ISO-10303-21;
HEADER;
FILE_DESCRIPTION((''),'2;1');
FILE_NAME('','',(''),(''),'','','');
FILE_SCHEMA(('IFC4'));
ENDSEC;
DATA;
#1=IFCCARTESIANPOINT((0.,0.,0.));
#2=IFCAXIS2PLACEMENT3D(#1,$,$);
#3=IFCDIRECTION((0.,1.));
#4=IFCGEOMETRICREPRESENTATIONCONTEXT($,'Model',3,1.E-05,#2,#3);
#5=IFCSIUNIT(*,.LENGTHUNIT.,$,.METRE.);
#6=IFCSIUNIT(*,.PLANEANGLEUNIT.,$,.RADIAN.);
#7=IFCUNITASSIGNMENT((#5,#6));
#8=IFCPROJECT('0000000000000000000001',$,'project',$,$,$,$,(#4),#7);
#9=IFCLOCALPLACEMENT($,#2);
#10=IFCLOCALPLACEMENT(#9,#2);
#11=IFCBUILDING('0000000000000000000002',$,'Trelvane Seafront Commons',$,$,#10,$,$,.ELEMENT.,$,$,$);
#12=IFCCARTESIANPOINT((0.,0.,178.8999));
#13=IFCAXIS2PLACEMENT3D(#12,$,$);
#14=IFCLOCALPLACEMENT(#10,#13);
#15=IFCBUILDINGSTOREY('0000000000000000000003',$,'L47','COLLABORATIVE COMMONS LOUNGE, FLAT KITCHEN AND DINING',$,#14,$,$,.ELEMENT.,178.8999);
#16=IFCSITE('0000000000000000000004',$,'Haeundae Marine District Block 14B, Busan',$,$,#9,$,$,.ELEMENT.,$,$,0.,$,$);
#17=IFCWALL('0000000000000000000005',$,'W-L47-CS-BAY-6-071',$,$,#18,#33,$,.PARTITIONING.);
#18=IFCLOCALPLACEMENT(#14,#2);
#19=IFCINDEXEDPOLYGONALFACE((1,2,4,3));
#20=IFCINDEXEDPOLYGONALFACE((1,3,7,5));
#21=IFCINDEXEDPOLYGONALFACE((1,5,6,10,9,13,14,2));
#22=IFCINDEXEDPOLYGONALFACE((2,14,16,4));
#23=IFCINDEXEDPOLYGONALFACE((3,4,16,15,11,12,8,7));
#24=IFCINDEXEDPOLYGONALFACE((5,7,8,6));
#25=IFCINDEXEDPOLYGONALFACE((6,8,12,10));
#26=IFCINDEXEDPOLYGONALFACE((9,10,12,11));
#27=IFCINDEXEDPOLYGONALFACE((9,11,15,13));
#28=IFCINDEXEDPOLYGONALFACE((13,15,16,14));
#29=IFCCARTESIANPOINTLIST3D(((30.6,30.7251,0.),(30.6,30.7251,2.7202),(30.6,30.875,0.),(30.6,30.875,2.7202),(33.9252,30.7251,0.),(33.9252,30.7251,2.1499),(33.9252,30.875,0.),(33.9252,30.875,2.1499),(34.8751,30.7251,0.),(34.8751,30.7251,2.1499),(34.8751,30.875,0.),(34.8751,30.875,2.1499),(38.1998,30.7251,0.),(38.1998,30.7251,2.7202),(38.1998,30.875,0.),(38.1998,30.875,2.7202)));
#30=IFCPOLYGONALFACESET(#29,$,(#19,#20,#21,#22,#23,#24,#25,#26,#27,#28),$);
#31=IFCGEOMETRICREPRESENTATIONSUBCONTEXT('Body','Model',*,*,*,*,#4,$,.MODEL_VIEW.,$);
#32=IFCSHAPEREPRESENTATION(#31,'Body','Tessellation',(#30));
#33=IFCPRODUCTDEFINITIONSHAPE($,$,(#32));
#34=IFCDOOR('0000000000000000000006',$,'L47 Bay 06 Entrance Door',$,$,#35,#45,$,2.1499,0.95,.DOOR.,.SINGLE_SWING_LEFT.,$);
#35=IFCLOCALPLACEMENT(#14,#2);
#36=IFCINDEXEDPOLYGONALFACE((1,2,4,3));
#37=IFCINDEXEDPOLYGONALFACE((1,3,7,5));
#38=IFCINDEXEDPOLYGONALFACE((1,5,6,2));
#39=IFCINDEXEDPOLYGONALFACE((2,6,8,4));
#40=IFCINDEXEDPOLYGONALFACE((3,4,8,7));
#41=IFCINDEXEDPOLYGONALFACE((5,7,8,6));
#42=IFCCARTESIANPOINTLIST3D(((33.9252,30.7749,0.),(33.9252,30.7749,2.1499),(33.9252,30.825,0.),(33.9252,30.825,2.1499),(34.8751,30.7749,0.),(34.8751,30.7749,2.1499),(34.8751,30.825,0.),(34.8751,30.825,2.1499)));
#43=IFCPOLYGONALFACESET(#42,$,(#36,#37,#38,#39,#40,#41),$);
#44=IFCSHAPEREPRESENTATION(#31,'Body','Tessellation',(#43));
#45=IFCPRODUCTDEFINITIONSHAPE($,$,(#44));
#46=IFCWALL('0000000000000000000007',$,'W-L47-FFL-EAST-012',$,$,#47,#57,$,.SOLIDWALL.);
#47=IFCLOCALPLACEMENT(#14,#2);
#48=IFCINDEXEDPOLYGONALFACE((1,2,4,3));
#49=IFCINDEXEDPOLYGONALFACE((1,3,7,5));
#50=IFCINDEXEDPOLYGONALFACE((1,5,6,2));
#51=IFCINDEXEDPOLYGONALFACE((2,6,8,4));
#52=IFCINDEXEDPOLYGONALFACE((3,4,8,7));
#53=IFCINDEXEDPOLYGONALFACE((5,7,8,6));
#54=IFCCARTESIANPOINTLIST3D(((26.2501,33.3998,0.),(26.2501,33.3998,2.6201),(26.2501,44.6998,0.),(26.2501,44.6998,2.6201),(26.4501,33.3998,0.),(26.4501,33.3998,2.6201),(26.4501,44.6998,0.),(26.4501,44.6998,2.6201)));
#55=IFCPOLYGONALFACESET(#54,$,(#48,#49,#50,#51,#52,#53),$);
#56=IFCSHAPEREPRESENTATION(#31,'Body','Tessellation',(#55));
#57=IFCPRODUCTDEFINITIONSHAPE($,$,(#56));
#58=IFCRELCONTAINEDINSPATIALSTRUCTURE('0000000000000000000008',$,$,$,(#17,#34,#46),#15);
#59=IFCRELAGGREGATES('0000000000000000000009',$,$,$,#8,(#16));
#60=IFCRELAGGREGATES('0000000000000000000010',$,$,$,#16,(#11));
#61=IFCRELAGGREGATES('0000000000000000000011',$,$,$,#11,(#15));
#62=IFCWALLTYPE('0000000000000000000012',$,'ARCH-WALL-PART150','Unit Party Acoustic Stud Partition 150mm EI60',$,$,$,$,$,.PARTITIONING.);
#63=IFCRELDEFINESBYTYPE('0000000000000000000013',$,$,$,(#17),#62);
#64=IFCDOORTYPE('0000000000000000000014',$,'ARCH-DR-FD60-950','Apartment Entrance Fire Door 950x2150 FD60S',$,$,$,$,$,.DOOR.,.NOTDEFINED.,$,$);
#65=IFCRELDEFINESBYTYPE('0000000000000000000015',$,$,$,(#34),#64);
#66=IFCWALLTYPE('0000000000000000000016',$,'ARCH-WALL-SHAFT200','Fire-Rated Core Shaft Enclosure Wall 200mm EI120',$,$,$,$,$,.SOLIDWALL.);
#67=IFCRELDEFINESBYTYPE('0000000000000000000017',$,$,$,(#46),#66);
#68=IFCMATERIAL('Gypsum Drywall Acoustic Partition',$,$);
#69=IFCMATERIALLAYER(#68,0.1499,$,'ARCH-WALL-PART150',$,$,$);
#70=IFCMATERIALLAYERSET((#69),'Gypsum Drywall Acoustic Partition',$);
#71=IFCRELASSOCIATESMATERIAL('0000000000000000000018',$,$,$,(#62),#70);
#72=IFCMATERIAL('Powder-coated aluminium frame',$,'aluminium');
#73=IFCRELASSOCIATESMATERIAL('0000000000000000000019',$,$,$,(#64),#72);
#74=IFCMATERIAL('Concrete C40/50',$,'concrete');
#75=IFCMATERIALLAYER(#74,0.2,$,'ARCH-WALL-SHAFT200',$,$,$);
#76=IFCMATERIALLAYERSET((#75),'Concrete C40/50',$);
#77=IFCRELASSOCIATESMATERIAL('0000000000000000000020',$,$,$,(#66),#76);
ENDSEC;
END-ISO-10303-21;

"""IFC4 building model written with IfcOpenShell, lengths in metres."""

from ifc_helpers import new_model, si_unit, direction, frame, frame_2d, origin, place, context, subcontext, project, spatial, rectangle, extrude, source, transform, mapped, material, layer, layer_set, type_object, element, fill, save


model = new_model("IFC4")

# Units and contexts
model_context = context("Model", 3, precision=1e-05, world=origin(), true_north=direction((0.0, 1.0)))
body_context = subcontext(model_context, "Body", "Model", "MODEL_VIEW")
ifc_project = project(units=[si_unit("LENGTHUNIT", "METRE"), si_unit("PLANEANGLEUNIT", "RADIAN")], contexts=[model_context])

# Site, building, storey
site_placement = place(None, origin())
site = spatial("IfcSite", under=ifc_project, at=site_placement, Name="Haeundae Marine District Block 14B, Busan", CompositionType="ELEMENT", RefElevation=0.0)
building_placement = place(site_placement, origin())
building = spatial("IfcBuilding", under=site, at=building_placement, Name="Trelvane Seafront Commons", CompositionType="ELEMENT")
storey_placement = place(building_placement, frame((0.0, 0.0, 178.8999)))
storey = spatial("IfcBuildingStorey", under=building, at=storey_placement, Name="L47", Description="COLLABORATIVE COMMONS LOUNGE, FLAT KITCHEN AND DINING", CompositionType="ELEMENT", Elevation=178.8999)

# Shared definitions
ifc_material_1 = material(Name="Concrete C40/50", Category="concrete")
ifc_material_2 = material(Name="Powder-coated aluminium frame", Category="aluminium")
shared_shape_1 = source(origin(), body_context, "Body", "SweptSolid", [
    extrude(rectangle(XDim=0.95, YDim=2.1499, at=frame_2d((0.4751, 1.075))), frame((0.0, 0.0249, 0.0), z_axis=(0.0, -1.0, 0.0), x_axis=(1.0, 0.0, 0.0)), (0.0, 0.0, 1.0), 0.05),
])
ifc_material_3 = material(Name="Gypsum Drywall Acoustic Partition")

# Wall, opening, door
ifc_layer_1 = layer(ifc_material_3, 0.1499, Name="ARCH-WALL-PART150")
ifc_layer_set_1 = layer_set([ifc_layer_1], Name="Gypsum Drywall Acoustic Partition")
wall_type_1 = type_object("IfcWallType", Name="ARCH-WALL-PART150", Description="Unit Party Acoustic Stud Partition 150mm EI60", PredefinedType="PARTITIONING", material=ifc_layer_set_1)
door_type_1 = type_object("IfcDoorType", Name="ARCH-DR-FD60-950", Description="Apartment Entrance Fire Door 950x2150 FD60S", OperationType="NOTDEFINED", PredefinedType="DOOR", material=ifc_material_2)
wall_1_placement = place(storey_placement, frame((30.6001, 30.8, 0.0), z_axis=(0.0, 0.0, 1.0), x_axis=(1.0, 0.0, 0.0)))
wall_1 = element("IfcWall", 1, at=wall_1_placement, inside=storey, type_object=wall_type_1, Name="W-L47-CS-BAY-6-071", PredefinedType="PARTITIONING", context=body_context, shape_type="SweptSolid", body=[
    extrude(rectangle(XDim=7.5999, YDim=0.1499, at=frame_2d((3.7998, 0.0))), origin(), (0.0, 0.0, 1.0), 2.7202),
])
opening_1_placement = place(wall_1_placement, frame((3.325, 0.0, 0.0)))
opening_1 = element("IfcOpeningElement", 2, at=opening_1_placement, cuts=wall_1, PredefinedType="OPENING", context=body_context, shape_type="SweptSolid", body=[
    extrude(rectangle(XDim=0.95, YDim=2.1499, at=frame_2d((0.4751, 1.075))), frame((0.0, 0.085, 0.0), z_axis=(0.0, -1.0, 0.0), x_axis=(1.0, 0.0, 0.0)), (0.0, 0.0, 1.0), 0.1699),
])
door_1_placement = place(opening_1_placement, origin())
door_1 = element("IfcDoor", 3, at=door_1_placement, inside=storey, type_object=door_type_1, Name="L47 Bay 06 Entrance Door", OperationType="SINGLE_SWING_LEFT", OverallHeight=2.1499, OverallWidth=0.95, PredefinedType="DOOR", context=body_context, shape_type="MappedRepresentation", body=[
    mapped(shared_shape_1, transform((0.0, 0.0, 0.0), x_axis=(1.0, 0.0, 0.0), y_axis=(0.0, 1.0, 0.0), z_axis=(0.0, 0.0, 1.0), scale=1.0)),
])
fill(opening_1, door_1)

# Wall
ifc_layer_2 = layer(ifc_material_1, 0.2, Name="ARCH-WALL-SHAFT200")
ifc_layer_set_2 = layer_set([ifc_layer_2], Name="Concrete C40/50")
wall_type_2 = type_object("IfcWallType", Name="ARCH-WALL-SHAFT200", Description="Fire-Rated Core Shaft Enclosure Wall 200mm EI120", PredefinedType="SOLIDWALL", material=ifc_layer_set_2)
wall_2_placement = place(storey_placement, frame((26.3501, 33.3999, 0.0), z_axis=(0.0, 0.0, 1.0), x_axis=(0.0, 1.0, 0.0)))
element("IfcWall", 4, at=wall_2_placement, inside=storey, type_object=wall_type_2, Name="W-L47-FFL-EAST-012", PredefinedType="SOLIDWALL", context=body_context, shape_type="SweptSolid", body=[
    extrude(rectangle(XDim=11.3, YDim=0.2, at=frame_2d((5.6499, 0.0))), origin(), (0.0, 0.0, 1.0), 2.6201),
])

save(model, "model.ifc")
